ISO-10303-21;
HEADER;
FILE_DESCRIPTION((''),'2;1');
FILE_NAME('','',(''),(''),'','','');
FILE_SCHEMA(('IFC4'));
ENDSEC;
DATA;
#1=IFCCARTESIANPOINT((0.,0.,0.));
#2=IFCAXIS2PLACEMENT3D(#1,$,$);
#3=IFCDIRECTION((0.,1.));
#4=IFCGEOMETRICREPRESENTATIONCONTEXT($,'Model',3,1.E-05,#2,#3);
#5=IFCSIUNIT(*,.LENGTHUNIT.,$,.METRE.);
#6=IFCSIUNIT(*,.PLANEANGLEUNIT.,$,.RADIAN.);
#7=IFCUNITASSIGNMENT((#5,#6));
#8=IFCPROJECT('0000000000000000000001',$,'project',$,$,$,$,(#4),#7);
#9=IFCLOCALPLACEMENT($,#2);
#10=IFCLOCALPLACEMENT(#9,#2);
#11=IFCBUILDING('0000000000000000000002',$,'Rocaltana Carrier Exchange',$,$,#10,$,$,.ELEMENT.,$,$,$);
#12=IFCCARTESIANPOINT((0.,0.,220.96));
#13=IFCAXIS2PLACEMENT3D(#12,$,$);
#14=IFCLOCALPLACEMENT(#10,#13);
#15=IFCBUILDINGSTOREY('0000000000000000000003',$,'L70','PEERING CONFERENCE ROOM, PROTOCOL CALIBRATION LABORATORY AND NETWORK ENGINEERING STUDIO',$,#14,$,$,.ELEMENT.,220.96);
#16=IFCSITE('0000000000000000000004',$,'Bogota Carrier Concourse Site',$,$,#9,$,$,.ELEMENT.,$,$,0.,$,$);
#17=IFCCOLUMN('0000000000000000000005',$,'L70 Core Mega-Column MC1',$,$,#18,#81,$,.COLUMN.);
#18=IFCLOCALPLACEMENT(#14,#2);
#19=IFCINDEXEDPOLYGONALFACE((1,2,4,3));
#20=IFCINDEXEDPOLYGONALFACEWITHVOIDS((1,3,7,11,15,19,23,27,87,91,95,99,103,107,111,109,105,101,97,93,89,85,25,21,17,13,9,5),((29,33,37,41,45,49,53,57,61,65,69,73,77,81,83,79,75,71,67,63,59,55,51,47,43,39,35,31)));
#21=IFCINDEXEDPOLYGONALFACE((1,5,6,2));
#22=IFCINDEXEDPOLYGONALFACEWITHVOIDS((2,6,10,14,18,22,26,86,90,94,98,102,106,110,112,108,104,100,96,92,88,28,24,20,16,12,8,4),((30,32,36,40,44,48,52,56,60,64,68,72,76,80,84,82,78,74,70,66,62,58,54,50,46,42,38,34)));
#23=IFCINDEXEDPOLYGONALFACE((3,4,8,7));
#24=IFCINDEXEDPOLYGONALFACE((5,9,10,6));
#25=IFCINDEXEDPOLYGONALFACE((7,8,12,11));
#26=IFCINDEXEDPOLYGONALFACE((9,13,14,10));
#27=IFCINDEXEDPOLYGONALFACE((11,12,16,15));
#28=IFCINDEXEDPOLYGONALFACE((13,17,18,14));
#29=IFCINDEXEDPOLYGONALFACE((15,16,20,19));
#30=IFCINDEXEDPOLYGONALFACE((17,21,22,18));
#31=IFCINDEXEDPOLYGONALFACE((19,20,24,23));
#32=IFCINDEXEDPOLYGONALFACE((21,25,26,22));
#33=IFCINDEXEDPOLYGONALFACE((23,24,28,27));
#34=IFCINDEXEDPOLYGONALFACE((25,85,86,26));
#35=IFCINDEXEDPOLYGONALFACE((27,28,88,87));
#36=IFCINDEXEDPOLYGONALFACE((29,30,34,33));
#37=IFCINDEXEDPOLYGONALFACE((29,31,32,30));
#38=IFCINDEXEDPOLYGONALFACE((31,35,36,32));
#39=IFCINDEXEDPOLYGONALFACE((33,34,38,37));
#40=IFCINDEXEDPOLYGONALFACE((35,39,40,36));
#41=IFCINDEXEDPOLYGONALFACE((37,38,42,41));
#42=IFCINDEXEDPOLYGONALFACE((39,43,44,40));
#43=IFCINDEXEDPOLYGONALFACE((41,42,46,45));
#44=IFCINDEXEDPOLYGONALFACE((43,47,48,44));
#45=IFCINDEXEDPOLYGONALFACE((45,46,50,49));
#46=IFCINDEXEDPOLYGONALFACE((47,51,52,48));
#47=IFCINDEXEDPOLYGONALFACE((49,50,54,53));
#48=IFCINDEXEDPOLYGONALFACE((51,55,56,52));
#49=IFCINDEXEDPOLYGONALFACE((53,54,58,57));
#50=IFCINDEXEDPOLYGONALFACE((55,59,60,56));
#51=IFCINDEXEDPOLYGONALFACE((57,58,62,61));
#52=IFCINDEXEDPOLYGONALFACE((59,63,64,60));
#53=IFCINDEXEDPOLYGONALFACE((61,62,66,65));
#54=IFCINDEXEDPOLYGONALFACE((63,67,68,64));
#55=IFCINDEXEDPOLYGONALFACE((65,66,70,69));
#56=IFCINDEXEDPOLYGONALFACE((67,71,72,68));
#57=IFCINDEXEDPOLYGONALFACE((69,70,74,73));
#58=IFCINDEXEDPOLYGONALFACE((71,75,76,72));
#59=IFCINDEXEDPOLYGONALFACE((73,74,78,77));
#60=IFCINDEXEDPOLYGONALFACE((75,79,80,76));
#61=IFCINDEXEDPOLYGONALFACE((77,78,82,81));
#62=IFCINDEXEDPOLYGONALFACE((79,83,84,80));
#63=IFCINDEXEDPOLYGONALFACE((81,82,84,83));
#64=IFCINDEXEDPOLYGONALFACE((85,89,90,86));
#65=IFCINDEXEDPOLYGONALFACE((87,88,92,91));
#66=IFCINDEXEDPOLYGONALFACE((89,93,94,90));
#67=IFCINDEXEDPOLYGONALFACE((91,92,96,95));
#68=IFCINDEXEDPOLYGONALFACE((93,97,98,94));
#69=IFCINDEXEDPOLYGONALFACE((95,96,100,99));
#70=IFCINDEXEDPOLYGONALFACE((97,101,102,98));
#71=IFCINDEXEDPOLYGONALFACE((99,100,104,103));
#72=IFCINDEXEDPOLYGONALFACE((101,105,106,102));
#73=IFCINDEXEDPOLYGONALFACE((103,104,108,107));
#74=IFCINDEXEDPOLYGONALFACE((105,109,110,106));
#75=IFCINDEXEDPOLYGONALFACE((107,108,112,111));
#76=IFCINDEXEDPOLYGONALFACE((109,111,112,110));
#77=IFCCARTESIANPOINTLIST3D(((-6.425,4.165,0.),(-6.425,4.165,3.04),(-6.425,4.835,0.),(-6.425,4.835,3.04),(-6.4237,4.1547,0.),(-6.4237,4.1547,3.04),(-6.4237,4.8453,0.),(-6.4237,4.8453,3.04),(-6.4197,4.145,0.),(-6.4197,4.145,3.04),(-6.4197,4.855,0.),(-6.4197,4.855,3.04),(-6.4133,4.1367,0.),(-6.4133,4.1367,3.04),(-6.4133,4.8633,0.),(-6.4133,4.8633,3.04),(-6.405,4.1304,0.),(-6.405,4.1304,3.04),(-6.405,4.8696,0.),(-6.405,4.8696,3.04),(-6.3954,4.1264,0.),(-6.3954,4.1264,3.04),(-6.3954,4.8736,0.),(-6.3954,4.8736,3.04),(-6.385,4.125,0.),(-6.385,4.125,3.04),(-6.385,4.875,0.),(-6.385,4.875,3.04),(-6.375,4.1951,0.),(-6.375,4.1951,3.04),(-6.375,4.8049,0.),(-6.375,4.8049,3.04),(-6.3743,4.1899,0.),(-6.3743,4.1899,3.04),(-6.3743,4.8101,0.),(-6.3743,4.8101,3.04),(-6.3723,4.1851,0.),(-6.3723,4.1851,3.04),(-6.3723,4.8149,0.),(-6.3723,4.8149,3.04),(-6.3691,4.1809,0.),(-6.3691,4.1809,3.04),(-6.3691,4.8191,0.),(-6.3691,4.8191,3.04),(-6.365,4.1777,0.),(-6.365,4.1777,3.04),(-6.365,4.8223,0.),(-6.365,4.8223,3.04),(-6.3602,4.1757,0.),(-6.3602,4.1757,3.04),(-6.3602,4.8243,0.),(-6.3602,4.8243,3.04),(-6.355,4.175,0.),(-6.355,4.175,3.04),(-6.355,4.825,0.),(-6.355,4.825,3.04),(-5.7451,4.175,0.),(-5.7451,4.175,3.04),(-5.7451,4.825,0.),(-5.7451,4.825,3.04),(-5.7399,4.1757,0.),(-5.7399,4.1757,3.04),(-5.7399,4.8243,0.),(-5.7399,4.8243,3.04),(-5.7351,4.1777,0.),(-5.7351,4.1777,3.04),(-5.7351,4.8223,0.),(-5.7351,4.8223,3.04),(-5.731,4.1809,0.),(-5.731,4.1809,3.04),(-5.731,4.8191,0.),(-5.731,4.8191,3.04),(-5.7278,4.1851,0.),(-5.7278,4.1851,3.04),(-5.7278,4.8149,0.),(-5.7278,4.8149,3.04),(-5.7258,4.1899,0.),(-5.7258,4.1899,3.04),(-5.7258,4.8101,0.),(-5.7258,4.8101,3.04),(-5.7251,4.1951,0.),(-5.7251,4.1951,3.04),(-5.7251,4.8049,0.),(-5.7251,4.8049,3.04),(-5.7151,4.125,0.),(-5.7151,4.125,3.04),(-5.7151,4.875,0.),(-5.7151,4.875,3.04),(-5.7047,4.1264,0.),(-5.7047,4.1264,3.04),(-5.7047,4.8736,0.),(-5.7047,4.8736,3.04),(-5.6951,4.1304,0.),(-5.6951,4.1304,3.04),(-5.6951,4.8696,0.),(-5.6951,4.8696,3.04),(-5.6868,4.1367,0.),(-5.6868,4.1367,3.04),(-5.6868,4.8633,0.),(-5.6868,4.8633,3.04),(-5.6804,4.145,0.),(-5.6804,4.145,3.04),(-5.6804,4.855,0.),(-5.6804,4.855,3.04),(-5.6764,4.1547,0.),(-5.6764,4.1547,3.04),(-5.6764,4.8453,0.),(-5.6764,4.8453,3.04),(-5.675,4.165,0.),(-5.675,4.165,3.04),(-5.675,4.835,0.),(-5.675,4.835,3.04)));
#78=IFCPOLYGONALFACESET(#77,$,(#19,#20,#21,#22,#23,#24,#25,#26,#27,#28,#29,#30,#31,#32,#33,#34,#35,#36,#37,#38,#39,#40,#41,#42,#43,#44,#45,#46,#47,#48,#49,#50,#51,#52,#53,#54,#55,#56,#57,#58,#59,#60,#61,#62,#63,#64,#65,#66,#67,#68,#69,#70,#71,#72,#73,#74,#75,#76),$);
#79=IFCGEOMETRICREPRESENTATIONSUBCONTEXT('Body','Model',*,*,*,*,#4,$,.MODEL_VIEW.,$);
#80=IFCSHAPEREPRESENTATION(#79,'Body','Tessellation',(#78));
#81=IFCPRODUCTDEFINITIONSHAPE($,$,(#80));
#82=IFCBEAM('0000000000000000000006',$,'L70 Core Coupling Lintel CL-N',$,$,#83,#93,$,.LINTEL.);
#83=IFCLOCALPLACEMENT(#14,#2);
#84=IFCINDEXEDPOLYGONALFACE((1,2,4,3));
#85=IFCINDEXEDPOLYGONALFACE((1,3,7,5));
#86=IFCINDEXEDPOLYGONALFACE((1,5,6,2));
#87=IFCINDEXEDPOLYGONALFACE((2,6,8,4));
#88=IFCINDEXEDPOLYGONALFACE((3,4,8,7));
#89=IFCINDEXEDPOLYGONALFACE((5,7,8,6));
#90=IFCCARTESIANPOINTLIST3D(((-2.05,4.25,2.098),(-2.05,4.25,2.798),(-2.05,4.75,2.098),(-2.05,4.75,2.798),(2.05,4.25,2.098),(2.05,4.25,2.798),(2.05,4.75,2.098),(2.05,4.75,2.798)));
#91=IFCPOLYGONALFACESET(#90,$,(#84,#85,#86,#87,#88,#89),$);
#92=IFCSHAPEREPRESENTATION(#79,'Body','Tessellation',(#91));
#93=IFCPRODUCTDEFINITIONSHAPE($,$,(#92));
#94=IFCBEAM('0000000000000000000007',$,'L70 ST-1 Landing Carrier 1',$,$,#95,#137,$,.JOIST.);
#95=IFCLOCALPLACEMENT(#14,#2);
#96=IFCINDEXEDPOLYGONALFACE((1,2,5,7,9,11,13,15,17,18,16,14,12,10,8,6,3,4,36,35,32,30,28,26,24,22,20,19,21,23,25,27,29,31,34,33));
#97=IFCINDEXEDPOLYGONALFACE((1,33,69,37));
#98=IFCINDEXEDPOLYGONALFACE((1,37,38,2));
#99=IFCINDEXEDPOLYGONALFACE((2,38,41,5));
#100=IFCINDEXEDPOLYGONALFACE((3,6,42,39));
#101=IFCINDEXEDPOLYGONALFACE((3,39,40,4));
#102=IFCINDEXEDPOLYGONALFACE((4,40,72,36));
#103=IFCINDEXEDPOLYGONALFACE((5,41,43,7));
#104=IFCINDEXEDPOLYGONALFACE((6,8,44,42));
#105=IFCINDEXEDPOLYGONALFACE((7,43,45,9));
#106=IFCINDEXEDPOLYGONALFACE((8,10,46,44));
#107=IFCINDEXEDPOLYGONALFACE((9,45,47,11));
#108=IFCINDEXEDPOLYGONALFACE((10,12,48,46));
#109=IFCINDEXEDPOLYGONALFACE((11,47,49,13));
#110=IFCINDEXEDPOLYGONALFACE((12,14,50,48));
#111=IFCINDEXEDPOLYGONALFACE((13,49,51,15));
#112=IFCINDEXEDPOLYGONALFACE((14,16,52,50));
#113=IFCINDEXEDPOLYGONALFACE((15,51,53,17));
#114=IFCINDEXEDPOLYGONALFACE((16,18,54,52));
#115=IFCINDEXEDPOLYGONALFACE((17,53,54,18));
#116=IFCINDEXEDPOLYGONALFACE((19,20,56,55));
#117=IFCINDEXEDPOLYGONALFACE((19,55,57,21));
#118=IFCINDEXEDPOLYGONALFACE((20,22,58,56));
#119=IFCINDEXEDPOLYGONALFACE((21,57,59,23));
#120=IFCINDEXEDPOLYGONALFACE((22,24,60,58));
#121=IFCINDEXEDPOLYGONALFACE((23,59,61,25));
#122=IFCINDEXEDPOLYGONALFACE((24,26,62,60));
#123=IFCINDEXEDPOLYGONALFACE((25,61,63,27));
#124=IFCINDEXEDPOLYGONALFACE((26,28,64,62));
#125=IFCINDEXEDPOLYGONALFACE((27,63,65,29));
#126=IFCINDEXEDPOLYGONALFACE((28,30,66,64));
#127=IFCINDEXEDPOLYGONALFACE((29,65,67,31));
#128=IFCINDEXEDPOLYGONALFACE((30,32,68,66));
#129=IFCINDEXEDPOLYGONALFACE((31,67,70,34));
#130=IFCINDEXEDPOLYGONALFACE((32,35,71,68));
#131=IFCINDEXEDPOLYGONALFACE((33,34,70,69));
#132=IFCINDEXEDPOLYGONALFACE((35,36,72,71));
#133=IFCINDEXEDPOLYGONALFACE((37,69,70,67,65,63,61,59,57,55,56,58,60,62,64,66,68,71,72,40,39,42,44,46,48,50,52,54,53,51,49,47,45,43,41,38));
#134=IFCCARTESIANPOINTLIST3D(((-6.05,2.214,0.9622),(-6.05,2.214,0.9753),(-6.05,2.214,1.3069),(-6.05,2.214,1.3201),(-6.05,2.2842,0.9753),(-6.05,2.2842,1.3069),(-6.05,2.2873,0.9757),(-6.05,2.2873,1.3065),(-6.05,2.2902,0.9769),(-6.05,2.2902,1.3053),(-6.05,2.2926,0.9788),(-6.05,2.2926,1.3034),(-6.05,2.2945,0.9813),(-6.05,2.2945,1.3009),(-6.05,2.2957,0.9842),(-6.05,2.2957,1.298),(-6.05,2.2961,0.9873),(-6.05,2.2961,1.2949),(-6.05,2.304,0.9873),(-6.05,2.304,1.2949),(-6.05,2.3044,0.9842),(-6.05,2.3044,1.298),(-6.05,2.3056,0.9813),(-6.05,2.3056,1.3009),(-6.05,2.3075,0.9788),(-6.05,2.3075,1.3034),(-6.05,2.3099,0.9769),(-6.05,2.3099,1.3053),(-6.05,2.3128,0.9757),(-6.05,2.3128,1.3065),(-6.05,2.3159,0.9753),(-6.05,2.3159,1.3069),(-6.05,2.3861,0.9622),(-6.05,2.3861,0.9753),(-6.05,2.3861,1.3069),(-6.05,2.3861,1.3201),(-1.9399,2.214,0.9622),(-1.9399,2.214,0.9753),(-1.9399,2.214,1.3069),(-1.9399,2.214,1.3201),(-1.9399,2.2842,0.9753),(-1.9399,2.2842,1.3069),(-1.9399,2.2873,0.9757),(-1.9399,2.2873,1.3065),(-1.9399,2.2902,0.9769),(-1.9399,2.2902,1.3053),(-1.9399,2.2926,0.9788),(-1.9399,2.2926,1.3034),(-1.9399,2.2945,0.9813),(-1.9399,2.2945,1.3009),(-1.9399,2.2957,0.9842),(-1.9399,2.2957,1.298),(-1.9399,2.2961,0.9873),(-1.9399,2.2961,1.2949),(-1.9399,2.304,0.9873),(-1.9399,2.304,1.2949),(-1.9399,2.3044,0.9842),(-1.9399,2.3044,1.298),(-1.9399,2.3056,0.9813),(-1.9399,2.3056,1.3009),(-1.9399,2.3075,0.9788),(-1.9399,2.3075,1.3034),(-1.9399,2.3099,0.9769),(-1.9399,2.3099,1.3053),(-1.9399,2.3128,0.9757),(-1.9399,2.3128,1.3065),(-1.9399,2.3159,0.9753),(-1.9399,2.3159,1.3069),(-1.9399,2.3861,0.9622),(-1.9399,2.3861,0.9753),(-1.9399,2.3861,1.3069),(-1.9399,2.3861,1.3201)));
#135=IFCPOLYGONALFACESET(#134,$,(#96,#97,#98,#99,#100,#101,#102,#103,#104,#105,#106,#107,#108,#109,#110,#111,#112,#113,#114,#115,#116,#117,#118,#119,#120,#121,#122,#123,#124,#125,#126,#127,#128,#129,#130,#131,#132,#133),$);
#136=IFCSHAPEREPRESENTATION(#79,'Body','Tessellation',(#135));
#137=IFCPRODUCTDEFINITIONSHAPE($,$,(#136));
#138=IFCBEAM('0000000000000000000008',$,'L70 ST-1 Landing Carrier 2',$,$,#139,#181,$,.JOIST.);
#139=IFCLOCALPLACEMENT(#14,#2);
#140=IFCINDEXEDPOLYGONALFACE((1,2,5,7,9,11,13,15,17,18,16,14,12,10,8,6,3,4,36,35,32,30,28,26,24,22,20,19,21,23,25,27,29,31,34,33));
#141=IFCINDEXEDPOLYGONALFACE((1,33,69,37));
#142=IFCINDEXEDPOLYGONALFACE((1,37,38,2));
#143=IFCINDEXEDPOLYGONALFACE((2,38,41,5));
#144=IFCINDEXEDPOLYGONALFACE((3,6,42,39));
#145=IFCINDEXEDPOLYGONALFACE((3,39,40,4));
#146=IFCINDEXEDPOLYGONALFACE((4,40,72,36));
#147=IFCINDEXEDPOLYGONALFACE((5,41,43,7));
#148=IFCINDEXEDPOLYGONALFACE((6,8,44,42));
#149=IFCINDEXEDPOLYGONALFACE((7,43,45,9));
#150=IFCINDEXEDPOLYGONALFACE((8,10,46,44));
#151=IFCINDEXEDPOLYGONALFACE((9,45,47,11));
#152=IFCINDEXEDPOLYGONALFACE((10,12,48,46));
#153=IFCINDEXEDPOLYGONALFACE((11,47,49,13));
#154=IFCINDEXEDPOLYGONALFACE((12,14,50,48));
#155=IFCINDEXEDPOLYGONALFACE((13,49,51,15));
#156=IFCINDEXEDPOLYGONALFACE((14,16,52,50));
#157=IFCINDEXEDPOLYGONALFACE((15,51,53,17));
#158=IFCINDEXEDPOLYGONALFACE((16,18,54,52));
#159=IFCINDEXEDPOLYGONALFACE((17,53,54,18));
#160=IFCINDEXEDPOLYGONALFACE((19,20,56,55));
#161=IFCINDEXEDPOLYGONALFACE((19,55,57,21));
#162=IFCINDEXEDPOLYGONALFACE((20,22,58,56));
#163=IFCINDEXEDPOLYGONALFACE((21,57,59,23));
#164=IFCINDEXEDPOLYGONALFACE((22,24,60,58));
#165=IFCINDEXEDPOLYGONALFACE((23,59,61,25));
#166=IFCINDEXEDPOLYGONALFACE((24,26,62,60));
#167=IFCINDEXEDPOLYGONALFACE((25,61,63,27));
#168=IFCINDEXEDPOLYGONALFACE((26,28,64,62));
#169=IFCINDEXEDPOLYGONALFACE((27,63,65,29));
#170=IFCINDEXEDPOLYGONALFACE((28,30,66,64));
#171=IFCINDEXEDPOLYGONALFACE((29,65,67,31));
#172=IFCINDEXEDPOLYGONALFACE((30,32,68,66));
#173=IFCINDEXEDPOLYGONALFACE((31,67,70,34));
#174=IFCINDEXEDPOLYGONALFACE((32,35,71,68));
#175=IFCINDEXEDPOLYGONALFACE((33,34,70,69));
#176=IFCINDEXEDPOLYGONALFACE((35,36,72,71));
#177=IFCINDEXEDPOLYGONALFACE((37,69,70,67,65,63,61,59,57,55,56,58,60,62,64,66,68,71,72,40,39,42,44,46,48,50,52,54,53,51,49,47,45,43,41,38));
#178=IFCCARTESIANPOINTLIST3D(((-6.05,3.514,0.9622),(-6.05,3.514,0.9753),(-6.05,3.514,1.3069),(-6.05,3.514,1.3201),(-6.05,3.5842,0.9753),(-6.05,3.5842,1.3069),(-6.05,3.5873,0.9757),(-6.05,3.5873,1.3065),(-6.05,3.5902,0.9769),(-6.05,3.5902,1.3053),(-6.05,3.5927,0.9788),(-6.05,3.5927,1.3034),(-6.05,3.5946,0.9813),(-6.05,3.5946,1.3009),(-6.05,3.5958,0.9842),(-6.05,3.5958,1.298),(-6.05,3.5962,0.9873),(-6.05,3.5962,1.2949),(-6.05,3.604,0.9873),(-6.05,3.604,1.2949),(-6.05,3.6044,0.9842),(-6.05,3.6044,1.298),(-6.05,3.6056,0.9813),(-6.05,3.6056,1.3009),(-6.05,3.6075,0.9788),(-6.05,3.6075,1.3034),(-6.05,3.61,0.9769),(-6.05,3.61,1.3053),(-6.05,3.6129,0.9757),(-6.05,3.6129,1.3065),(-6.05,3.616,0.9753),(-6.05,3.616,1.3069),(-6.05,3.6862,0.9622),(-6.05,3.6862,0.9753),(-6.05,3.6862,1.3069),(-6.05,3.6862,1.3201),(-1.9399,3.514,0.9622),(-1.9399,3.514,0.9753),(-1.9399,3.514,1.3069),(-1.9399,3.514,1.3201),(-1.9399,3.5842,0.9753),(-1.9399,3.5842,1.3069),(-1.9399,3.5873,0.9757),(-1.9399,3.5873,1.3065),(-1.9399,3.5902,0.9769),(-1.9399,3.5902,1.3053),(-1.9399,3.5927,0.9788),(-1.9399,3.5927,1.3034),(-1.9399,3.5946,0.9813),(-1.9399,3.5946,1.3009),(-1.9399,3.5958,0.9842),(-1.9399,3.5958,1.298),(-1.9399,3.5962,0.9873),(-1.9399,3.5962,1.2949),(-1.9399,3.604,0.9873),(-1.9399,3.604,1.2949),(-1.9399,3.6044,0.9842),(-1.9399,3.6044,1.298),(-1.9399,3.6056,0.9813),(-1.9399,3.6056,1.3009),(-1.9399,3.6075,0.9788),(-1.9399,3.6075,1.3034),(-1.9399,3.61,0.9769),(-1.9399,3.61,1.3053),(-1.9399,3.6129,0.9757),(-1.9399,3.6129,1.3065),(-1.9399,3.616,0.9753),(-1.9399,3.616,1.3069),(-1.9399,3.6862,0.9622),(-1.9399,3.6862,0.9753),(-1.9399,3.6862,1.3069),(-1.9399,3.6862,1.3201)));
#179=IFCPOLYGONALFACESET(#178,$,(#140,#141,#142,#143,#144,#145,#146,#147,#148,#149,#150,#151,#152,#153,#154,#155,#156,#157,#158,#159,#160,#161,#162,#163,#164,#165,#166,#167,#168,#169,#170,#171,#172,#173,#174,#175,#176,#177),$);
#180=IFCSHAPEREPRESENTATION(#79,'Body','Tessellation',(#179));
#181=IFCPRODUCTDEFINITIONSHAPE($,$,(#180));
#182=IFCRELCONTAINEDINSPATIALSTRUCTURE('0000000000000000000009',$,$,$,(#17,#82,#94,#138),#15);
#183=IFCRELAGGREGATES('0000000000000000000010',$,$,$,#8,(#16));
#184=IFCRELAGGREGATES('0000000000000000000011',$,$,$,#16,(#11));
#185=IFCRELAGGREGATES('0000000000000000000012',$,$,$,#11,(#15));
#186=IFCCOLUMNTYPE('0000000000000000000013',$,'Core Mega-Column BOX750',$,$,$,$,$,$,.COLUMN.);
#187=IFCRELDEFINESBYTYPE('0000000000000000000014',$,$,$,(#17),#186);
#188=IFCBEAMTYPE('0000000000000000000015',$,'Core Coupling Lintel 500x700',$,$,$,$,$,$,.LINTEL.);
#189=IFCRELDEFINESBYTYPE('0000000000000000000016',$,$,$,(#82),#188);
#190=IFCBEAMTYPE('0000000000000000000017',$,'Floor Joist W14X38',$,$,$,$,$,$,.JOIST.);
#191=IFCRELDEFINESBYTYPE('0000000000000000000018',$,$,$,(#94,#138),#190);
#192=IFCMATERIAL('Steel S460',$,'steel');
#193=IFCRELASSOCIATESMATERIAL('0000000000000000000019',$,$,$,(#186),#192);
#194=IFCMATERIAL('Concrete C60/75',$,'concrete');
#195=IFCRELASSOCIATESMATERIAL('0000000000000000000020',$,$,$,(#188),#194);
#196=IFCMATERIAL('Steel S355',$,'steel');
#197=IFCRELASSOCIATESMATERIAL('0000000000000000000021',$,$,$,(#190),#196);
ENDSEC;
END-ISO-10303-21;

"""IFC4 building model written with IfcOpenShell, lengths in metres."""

from ifc_helpers import new_model, si_unit, direction, frame, origin, origin_2d, place, context, subcontext, project, spatial, rectangle, hollow_rectangle, i_section, extrude, material, material_profile, profile_set, type_object, element, save


model = new_model("IFC4")

# Units and contexts
model_context = context("Model", 3, precision=1e-05, world=origin(), true_north=direction((0.0, 1.0)))
body_context = subcontext(model_context, "Body", "Model", "MODEL_VIEW")
ifc_project = project(units=[si_unit("LENGTHUNIT", "METRE"), si_unit("PLANEANGLEUNIT", "RADIAN")], contexts=[model_context])

# Site, building, storey
site_placement = place(None, origin())
site = spatial("IfcSite", under=ifc_project, at=site_placement, Name="Bogota Carrier Concourse Site", CompositionType="ELEMENT", RefElevation=0.0)
building_placement = place(site_placement, origin())
building = spatial("IfcBuilding", under=site, at=building_placement, Name="Rocaltana Carrier Exchange", CompositionType="ELEMENT")
storey_placement = place(building_placement, frame((0.0, 0.0, 220.96)))
storey = spatial("IfcBuildingStorey", under=building, at=storey_placement, Name="L70", Description="PEERING CONFERENCE ROOM, PROTOCOL CALIBRATION LABORATORY AND NETWORK ENGINEERING STUDIO", CompositionType="ELEMENT", Elevation=220.96)

# Column
ifc_material_1 = material(Name="Steel S460", Category="steel")
ifc_material_profile_1 = material_profile(ifc_material_1, hollow_rectangle(XDim=0.75, YDim=0.75, WallThickness=0.05, InnerFilletRadius=0.02, OuterFilletRadius=0.04, at=origin_2d()), Name="BOX750X750X50")
ifc_profile_set_1 = profile_set([ifc_material_profile_1], Name="Steel S460")
column_type = type_object("IfcColumnType", Name="Core Mega-Column BOX750", PredefinedType="COLUMN", material=ifc_profile_set_1)
column_placement = place(storey_placement, frame((-6.05, 4.5, 0.0), z_axis=(0.0, 0.0, 1.0), x_axis=(1.0, 0.0, 0.0)))
element("IfcColumn", 1, at=column_placement, inside=storey, type_object=column_type, Name="L70 Core Mega-Column MC1", PredefinedType="COLUMN", context=body_context, shape_type="SweptSolid", body=[
    extrude(hollow_rectangle(XDim=0.75, YDim=0.75, WallThickness=0.05, InnerFilletRadius=0.02, OuterFilletRadius=0.04, at=origin_2d()), origin(), (0.0, 0.0, 1.0), 3.04),
])

# Beams
ifc_material_2 = material(Name="Concrete C60/75", Category="concrete")
ifc_material_profile_2 = material_profile(ifc_material_2, rectangle(XDim=0.5, YDim=0.7, at=origin_2d()), Name="RC-BM-500X700")
ifc_profile_set_2 = profile_set([ifc_material_profile_2], Name="Concrete C60/75")
beam_type_1 = type_object("IfcBeamType", Name="Core Coupling Lintel 500x700", PredefinedType="LINTEL", material=ifc_profile_set_2)
beam_1_placement = place(storey_placement, frame((-2.05, 4.5, 2.448), z_axis=(1.0, 0.0, 0.0), x_axis=(0.0, 1.0, 0.0)))
element("IfcBeam", 2, at=beam_1_placement, inside=storey, type_object=beam_type_1, Name="L70 Core Coupling Lintel CL-N", PredefinedType="LINTEL", context=body_context, shape_type="SweptSolid", body=[
    extrude(rectangle(XDim=0.5, YDim=0.7, at=origin_2d()), origin(), (0.0, 0.0, 1.0), 4.1001),
])
ifc_material_3 = material(Name="Steel S355", Category="steel")
ifc_material_profile_3 = material_profile(ifc_material_3, i_section(OverallWidth=0.1721, OverallDepth=0.3579, WebThickness=0.0078, FlangeThickness=0.0132, FilletRadius=0.012, at=origin_2d()), Name="W14X38")
ifc_profile_set_3 = profile_set([ifc_material_profile_3], Name="Steel S355")
beam_type_2 = type_object("IfcBeamType", Name="Floor Joist W14X38", PredefinedType="JOIST", material=ifc_profile_set_3)
for number, where, z_axis, x_axis, name in (
    (3, (-6.05, 2.3, 1.1411), (1.0, 0.0, 0.0), (0.0, 1.0, 0.0), "L70 ST-1 Landing Carrier 1"),
    (4, (-6.05, 3.6001, 1.1411), (1.0, 0.0, 0.0), (0.0, 1.0, 0.0), "L70 ST-1 Landing Carrier 2"),
):
    element("IfcBeam", number, at=place(storey_placement, frame(where, z_axis=z_axis, x_axis=x_axis)), inside=storey, type_object=beam_type_2, Name=name, PredefinedType="JOIST", context=body_context, shape_type="SweptSolid", body=[
        extrude(i_section(OverallWidth=0.1721, OverallDepth=0.3579, WebThickness=0.0078, FlangeThickness=0.0132, FilletRadius=0.012, at=origin_2d()), origin(), (0.0, 0.0, 1.0), 4.1101),
    ])

save(model, "model.ifc")
